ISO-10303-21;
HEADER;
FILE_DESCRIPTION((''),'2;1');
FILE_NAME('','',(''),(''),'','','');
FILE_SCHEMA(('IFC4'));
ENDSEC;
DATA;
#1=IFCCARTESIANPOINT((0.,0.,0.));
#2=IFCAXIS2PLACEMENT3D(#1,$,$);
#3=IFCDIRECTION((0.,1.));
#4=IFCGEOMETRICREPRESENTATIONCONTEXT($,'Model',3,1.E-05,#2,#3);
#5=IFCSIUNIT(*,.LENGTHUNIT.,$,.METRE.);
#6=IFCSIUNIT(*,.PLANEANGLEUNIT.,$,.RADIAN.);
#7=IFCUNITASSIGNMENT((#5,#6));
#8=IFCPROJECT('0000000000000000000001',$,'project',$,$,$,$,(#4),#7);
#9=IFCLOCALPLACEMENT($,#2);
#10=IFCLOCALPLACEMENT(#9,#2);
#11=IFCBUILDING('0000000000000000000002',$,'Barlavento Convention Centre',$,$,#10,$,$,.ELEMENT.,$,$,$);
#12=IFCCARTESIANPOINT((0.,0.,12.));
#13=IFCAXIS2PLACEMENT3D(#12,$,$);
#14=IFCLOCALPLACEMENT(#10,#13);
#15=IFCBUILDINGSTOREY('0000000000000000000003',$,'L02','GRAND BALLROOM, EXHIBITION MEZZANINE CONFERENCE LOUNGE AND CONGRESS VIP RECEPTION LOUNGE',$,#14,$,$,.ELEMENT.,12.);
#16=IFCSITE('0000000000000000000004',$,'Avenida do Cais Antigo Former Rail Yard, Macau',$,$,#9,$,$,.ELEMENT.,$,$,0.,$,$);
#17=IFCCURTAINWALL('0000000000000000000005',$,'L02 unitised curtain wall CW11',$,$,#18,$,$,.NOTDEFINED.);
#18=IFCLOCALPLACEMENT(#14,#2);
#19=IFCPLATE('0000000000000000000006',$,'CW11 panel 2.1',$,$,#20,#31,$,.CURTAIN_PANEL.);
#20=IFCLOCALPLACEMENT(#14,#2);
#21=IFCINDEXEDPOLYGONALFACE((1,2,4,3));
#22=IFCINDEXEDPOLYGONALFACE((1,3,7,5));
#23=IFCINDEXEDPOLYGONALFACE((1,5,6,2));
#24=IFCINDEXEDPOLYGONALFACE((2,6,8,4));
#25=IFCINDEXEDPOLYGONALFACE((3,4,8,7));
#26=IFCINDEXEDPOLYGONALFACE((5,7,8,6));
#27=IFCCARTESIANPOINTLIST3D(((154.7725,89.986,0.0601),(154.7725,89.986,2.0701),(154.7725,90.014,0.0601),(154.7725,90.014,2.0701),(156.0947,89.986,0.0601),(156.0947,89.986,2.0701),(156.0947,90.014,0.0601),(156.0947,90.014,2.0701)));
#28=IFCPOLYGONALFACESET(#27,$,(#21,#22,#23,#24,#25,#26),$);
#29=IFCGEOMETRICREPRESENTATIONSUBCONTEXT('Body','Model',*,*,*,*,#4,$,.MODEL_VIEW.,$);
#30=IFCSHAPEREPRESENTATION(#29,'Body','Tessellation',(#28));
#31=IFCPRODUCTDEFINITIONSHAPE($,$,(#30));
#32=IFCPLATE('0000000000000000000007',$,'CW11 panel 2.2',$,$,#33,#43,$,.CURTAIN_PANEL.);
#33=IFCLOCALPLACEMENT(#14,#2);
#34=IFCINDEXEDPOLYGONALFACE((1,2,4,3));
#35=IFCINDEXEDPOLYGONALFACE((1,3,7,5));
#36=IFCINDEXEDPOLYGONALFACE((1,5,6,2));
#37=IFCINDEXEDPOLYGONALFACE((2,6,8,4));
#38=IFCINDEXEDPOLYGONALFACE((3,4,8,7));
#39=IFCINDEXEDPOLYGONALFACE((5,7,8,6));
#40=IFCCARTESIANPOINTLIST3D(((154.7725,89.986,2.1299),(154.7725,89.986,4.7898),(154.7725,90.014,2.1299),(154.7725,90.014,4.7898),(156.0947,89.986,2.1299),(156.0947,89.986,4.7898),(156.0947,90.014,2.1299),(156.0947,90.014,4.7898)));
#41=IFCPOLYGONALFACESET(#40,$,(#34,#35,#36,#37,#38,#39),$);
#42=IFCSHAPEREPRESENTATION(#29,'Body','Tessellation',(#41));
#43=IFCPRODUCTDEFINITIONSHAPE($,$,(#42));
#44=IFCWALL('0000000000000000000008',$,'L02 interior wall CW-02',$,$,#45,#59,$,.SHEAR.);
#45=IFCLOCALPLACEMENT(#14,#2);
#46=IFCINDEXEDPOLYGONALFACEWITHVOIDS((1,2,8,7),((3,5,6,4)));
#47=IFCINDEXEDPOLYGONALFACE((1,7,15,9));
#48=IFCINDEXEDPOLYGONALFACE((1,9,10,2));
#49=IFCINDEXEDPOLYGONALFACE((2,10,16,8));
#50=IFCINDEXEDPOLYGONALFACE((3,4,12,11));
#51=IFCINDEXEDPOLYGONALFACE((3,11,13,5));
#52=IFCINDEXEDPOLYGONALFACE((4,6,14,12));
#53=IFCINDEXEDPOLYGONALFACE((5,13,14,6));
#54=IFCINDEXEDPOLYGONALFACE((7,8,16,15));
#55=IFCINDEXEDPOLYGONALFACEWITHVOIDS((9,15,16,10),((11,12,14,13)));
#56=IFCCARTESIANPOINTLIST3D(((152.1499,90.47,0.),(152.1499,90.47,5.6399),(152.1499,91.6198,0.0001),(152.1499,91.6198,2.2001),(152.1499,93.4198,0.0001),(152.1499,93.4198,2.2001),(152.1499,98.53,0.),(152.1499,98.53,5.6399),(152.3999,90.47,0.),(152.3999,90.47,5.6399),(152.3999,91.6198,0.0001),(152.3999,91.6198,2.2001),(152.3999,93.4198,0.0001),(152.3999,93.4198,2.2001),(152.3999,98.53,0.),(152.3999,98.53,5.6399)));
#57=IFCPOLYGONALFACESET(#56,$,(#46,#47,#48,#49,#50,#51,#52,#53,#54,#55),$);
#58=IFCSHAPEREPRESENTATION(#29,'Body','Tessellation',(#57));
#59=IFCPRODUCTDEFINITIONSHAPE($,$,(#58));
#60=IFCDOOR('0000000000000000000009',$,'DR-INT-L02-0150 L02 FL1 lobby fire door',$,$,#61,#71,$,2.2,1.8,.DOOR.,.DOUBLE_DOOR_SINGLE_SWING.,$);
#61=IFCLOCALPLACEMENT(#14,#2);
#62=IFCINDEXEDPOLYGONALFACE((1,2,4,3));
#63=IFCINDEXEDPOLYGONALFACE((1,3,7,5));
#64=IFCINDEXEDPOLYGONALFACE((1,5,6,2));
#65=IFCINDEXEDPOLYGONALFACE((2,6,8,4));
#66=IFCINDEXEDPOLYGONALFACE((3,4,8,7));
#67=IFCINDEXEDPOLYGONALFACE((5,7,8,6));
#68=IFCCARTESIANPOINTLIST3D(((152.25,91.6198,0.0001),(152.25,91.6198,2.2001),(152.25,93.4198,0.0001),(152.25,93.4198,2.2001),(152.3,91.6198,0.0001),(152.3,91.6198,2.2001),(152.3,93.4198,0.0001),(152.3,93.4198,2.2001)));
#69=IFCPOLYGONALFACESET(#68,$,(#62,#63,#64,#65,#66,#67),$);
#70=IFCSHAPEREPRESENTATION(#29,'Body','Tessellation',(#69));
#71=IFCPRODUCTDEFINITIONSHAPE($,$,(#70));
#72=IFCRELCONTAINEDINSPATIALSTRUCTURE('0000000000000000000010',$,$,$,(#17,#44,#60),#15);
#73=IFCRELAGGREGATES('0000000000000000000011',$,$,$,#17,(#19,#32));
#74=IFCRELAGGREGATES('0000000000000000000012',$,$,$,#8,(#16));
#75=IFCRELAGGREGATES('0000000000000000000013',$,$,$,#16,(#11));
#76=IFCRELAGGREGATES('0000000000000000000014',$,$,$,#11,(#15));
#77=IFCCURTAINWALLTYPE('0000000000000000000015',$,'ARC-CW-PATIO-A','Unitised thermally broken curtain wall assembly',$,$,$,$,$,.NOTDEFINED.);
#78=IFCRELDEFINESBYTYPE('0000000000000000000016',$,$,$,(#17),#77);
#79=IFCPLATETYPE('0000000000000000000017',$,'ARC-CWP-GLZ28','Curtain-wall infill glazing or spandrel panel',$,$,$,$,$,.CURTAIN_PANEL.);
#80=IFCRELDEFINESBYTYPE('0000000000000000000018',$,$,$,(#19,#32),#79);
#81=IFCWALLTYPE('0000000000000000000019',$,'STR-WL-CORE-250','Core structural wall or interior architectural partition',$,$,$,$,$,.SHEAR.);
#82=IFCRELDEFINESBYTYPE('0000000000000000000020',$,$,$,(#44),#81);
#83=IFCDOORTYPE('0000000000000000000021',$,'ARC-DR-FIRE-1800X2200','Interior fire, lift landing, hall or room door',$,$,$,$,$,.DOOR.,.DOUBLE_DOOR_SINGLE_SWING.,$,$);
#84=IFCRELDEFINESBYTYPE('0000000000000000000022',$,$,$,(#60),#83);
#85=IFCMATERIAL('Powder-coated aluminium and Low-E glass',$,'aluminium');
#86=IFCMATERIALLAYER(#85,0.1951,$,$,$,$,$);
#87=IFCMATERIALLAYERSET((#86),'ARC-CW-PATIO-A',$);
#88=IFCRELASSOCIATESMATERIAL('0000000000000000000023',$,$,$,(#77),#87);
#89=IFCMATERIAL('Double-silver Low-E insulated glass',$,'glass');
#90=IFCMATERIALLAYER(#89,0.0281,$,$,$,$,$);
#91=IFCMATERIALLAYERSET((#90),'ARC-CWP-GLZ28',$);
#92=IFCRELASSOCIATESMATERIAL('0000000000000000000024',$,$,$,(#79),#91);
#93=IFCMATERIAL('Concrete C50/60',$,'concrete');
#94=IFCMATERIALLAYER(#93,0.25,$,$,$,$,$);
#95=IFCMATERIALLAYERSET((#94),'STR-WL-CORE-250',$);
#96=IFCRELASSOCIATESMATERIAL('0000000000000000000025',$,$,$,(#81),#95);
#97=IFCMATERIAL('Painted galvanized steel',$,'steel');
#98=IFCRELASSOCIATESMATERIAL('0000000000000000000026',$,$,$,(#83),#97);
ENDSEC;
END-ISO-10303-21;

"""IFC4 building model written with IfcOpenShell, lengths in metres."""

from ifc_helpers import new_model, si_unit, direction, frame, frame_2d, origin, origin_2d, place, context, subcontext, project, spatial, rectangle, extrude, material, layer, layer_set, type_object, element, fill, aggregate, save


model = new_model("IFC4")

# Units and contexts
model_context = context("Model", 3, precision=1e-05, world=origin(), true_north=direction((0.0, 1.0)))
body_context = subcontext(model_context, "Body", "Model", "MODEL_VIEW")
ifc_project = project(units=[si_unit("LENGTHUNIT", "METRE"), si_unit("PLANEANGLEUNIT", "RADIAN")], contexts=[model_context])

# Site, building, storey
site_placement = place(None, origin())
site = spatial("IfcSite", under=ifc_project, at=site_placement, Name="Avenida do Cais Antigo Former Rail Yard, Macau", CompositionType="ELEMENT", RefElevation=0.0)
building_placement = place(site_placement, origin())
building = spatial("IfcBuilding", under=site, at=building_placement, Name="Barlavento Convention Centre", CompositionType="ELEMENT")
storey_placement = place(building_placement, frame((0.0, 0.0, 12.0)))
storey = spatial("IfcBuildingStorey", under=building, at=storey_placement, Name="L02", Description="GRAND BALLROOM, EXHIBITION MEZZANINE CONFERENCE LOUNGE AND CONGRESS VIP RECEPTION LOUNGE", CompositionType="ELEMENT", Elevation=12.0)

# Shared definitions
ifc_material_1 = material(Name="Powder-coated aluminium and Low-E glass", Category="aluminium")
ifc_layer_1 = layer(ifc_material_1, 0.1951)
ifc_layer_set_1 = layer_set([ifc_layer_1], Name="ARC-CW-PATIO-A")
curtain_wall_type = type_object("IfcCurtainWallType", Name="ARC-CW-PATIO-A", Description="Unitised thermally broken curtain wall assembly", PredefinedType="NOTDEFINED", material=ifc_layer_set_1)

# Curtain wall
curtain_wall_1_placement = place(storey_placement, origin())
curtain_wall_1 = element("IfcCurtainWall", 1, at=curtain_wall_1_placement, inside=storey, type_object=curtain_wall_type, Name="L02 unitised curtain wall CW11", PredefinedType="NOTDEFINED")

# Plates
ifc_material_2 = material(Name="Double-silver Low-E insulated glass", Category="glass")
ifc_layer_2 = layer(ifc_material_2, 0.0281)
ifc_layer_set_2 = layer_set([ifc_layer_2], Name="ARC-CWP-GLZ28")
plate_type = type_object("IfcPlateType", Name="ARC-CWP-GLZ28", Description="Curtain-wall infill glazing or spandrel panel", PredefinedType="CURTAIN_PANEL", material=ifc_layer_set_2)
plate_1_placement = place(storey_placement, frame((155.4336, 90.0, 0.0601), z_axis=(0.0, 0.0, 1.0), x_axis=(1.0, 0.0, 0.0)))
plate_1 = element("IfcPlate", 2, at=plate_1_placement, type_object=plate_type, Name="CW11 panel 2.1", PredefinedType="CURTAIN_PANEL", context=body_context, shape_type="SweptSolid", body=[
    extrude(rectangle(XDim=1.3223, YDim=0.0281, at=origin_2d()), origin(), (0.0, 0.0, 1.0), 2.01),
])
plate_2_placement = place(storey_placement, frame((155.4336, 90.0, 2.1299), z_axis=(0.0, 0.0, 1.0), x_axis=(1.0, 0.0, 0.0)))
plate_2 = element("IfcPlate", 3, at=plate_2_placement, type_object=plate_type, Name="CW11 panel 2.2", PredefinedType="CURTAIN_PANEL", context=body_context, shape_type="SweptSolid", body=[
    extrude(rectangle(XDim=1.3223, YDim=0.0281, at=origin_2d()), origin(), (0.0, 0.0, 1.0), 2.6599),
])
aggregate(curtain_wall_1, [plate_1, plate_2])

# Wall, opening, door
ifc_material_3 = material(Name="Concrete C50/60", Category="concrete")
ifc_layer_3 = layer(ifc_material_3, 0.25)
ifc_layer_set_3 = layer_set([ifc_layer_3], Name="STR-WL-CORE-250")
wall_type = type_object("IfcWallType", Name="STR-WL-CORE-250", Description="Core structural wall or interior architectural partition", PredefinedType="SHEAR", material=ifc_layer_set_3)
wall_placement = place(storey_placement, frame((152.2749, 90.47, 0.0), z_axis=(0.0, 0.0, 1.0), x_axis=(0.0, 1.0, 0.0)))
wall = element("IfcWall", 4, at=wall_placement, inside=storey, type_object=wall_type, Name="L02 interior wall CW-02", PredefinedType="SHEAR", context=body_context, shape_type="SweptSolid", body=[
    extrude(rectangle(XDim=8.0601, YDim=0.25, at=frame_2d((4.03, 0.0))), origin(), (0.0, 0.0, 1.0), 5.6399),
])
opening_placement = place(wall_placement, frame((1.1499, 0.0, 0.0)))
opening = element("IfcOpeningElement", 5, at=opening_placement, cuts=wall, PredefinedType="OPENING", context=body_context, shape_type="SweptSolid", body=[
    extrude(rectangle(XDim=1.8, YDim=2.2, at=frame_2d((0.8999, 1.1001))), frame((0.0, 0.135, 0.0), z_axis=(0.0, -1.0, 0.0), x_axis=(1.0, 0.0, 0.0)), (0.0, 0.0, 1.0), 0.27),
])
ifc_material_4 = material(Name="Painted galvanized steel", Category="steel")
door_type = type_object("IfcDoorType", Name="ARC-DR-FIRE-1800X2200", Description="Interior fire, lift landing, hall or room door", OperationType="DOUBLE_DOOR_SINGLE_SWING", PredefinedType="DOOR", material=ifc_material_4)
door_placement = place(opening_placement, origin())
door = element("IfcDoor", 6, at=door_placement, inside=storey, type_object=door_type, Name="DR-INT-L02-0150 L02 FL1 lobby fire door", OperationType="DOUBLE_DOOR_SINGLE_SWING", OverallHeight=2.2, OverallWidth=1.8, PredefinedType="DOOR", context=body_context, shape_type="SweptSolid", body=[
    extrude(rectangle(XDim=1.8, YDim=2.2, at=frame_2d((0.8999, 1.1001))), frame((0.0, 0.0249, 0.0), z_axis=(0.0, -1.0, 0.0), x_axis=(1.0, 0.0, 0.0)), (0.0, 0.0, 1.0), 0.05),
])
fill(opening, door)

save(model, "model.ifc")
